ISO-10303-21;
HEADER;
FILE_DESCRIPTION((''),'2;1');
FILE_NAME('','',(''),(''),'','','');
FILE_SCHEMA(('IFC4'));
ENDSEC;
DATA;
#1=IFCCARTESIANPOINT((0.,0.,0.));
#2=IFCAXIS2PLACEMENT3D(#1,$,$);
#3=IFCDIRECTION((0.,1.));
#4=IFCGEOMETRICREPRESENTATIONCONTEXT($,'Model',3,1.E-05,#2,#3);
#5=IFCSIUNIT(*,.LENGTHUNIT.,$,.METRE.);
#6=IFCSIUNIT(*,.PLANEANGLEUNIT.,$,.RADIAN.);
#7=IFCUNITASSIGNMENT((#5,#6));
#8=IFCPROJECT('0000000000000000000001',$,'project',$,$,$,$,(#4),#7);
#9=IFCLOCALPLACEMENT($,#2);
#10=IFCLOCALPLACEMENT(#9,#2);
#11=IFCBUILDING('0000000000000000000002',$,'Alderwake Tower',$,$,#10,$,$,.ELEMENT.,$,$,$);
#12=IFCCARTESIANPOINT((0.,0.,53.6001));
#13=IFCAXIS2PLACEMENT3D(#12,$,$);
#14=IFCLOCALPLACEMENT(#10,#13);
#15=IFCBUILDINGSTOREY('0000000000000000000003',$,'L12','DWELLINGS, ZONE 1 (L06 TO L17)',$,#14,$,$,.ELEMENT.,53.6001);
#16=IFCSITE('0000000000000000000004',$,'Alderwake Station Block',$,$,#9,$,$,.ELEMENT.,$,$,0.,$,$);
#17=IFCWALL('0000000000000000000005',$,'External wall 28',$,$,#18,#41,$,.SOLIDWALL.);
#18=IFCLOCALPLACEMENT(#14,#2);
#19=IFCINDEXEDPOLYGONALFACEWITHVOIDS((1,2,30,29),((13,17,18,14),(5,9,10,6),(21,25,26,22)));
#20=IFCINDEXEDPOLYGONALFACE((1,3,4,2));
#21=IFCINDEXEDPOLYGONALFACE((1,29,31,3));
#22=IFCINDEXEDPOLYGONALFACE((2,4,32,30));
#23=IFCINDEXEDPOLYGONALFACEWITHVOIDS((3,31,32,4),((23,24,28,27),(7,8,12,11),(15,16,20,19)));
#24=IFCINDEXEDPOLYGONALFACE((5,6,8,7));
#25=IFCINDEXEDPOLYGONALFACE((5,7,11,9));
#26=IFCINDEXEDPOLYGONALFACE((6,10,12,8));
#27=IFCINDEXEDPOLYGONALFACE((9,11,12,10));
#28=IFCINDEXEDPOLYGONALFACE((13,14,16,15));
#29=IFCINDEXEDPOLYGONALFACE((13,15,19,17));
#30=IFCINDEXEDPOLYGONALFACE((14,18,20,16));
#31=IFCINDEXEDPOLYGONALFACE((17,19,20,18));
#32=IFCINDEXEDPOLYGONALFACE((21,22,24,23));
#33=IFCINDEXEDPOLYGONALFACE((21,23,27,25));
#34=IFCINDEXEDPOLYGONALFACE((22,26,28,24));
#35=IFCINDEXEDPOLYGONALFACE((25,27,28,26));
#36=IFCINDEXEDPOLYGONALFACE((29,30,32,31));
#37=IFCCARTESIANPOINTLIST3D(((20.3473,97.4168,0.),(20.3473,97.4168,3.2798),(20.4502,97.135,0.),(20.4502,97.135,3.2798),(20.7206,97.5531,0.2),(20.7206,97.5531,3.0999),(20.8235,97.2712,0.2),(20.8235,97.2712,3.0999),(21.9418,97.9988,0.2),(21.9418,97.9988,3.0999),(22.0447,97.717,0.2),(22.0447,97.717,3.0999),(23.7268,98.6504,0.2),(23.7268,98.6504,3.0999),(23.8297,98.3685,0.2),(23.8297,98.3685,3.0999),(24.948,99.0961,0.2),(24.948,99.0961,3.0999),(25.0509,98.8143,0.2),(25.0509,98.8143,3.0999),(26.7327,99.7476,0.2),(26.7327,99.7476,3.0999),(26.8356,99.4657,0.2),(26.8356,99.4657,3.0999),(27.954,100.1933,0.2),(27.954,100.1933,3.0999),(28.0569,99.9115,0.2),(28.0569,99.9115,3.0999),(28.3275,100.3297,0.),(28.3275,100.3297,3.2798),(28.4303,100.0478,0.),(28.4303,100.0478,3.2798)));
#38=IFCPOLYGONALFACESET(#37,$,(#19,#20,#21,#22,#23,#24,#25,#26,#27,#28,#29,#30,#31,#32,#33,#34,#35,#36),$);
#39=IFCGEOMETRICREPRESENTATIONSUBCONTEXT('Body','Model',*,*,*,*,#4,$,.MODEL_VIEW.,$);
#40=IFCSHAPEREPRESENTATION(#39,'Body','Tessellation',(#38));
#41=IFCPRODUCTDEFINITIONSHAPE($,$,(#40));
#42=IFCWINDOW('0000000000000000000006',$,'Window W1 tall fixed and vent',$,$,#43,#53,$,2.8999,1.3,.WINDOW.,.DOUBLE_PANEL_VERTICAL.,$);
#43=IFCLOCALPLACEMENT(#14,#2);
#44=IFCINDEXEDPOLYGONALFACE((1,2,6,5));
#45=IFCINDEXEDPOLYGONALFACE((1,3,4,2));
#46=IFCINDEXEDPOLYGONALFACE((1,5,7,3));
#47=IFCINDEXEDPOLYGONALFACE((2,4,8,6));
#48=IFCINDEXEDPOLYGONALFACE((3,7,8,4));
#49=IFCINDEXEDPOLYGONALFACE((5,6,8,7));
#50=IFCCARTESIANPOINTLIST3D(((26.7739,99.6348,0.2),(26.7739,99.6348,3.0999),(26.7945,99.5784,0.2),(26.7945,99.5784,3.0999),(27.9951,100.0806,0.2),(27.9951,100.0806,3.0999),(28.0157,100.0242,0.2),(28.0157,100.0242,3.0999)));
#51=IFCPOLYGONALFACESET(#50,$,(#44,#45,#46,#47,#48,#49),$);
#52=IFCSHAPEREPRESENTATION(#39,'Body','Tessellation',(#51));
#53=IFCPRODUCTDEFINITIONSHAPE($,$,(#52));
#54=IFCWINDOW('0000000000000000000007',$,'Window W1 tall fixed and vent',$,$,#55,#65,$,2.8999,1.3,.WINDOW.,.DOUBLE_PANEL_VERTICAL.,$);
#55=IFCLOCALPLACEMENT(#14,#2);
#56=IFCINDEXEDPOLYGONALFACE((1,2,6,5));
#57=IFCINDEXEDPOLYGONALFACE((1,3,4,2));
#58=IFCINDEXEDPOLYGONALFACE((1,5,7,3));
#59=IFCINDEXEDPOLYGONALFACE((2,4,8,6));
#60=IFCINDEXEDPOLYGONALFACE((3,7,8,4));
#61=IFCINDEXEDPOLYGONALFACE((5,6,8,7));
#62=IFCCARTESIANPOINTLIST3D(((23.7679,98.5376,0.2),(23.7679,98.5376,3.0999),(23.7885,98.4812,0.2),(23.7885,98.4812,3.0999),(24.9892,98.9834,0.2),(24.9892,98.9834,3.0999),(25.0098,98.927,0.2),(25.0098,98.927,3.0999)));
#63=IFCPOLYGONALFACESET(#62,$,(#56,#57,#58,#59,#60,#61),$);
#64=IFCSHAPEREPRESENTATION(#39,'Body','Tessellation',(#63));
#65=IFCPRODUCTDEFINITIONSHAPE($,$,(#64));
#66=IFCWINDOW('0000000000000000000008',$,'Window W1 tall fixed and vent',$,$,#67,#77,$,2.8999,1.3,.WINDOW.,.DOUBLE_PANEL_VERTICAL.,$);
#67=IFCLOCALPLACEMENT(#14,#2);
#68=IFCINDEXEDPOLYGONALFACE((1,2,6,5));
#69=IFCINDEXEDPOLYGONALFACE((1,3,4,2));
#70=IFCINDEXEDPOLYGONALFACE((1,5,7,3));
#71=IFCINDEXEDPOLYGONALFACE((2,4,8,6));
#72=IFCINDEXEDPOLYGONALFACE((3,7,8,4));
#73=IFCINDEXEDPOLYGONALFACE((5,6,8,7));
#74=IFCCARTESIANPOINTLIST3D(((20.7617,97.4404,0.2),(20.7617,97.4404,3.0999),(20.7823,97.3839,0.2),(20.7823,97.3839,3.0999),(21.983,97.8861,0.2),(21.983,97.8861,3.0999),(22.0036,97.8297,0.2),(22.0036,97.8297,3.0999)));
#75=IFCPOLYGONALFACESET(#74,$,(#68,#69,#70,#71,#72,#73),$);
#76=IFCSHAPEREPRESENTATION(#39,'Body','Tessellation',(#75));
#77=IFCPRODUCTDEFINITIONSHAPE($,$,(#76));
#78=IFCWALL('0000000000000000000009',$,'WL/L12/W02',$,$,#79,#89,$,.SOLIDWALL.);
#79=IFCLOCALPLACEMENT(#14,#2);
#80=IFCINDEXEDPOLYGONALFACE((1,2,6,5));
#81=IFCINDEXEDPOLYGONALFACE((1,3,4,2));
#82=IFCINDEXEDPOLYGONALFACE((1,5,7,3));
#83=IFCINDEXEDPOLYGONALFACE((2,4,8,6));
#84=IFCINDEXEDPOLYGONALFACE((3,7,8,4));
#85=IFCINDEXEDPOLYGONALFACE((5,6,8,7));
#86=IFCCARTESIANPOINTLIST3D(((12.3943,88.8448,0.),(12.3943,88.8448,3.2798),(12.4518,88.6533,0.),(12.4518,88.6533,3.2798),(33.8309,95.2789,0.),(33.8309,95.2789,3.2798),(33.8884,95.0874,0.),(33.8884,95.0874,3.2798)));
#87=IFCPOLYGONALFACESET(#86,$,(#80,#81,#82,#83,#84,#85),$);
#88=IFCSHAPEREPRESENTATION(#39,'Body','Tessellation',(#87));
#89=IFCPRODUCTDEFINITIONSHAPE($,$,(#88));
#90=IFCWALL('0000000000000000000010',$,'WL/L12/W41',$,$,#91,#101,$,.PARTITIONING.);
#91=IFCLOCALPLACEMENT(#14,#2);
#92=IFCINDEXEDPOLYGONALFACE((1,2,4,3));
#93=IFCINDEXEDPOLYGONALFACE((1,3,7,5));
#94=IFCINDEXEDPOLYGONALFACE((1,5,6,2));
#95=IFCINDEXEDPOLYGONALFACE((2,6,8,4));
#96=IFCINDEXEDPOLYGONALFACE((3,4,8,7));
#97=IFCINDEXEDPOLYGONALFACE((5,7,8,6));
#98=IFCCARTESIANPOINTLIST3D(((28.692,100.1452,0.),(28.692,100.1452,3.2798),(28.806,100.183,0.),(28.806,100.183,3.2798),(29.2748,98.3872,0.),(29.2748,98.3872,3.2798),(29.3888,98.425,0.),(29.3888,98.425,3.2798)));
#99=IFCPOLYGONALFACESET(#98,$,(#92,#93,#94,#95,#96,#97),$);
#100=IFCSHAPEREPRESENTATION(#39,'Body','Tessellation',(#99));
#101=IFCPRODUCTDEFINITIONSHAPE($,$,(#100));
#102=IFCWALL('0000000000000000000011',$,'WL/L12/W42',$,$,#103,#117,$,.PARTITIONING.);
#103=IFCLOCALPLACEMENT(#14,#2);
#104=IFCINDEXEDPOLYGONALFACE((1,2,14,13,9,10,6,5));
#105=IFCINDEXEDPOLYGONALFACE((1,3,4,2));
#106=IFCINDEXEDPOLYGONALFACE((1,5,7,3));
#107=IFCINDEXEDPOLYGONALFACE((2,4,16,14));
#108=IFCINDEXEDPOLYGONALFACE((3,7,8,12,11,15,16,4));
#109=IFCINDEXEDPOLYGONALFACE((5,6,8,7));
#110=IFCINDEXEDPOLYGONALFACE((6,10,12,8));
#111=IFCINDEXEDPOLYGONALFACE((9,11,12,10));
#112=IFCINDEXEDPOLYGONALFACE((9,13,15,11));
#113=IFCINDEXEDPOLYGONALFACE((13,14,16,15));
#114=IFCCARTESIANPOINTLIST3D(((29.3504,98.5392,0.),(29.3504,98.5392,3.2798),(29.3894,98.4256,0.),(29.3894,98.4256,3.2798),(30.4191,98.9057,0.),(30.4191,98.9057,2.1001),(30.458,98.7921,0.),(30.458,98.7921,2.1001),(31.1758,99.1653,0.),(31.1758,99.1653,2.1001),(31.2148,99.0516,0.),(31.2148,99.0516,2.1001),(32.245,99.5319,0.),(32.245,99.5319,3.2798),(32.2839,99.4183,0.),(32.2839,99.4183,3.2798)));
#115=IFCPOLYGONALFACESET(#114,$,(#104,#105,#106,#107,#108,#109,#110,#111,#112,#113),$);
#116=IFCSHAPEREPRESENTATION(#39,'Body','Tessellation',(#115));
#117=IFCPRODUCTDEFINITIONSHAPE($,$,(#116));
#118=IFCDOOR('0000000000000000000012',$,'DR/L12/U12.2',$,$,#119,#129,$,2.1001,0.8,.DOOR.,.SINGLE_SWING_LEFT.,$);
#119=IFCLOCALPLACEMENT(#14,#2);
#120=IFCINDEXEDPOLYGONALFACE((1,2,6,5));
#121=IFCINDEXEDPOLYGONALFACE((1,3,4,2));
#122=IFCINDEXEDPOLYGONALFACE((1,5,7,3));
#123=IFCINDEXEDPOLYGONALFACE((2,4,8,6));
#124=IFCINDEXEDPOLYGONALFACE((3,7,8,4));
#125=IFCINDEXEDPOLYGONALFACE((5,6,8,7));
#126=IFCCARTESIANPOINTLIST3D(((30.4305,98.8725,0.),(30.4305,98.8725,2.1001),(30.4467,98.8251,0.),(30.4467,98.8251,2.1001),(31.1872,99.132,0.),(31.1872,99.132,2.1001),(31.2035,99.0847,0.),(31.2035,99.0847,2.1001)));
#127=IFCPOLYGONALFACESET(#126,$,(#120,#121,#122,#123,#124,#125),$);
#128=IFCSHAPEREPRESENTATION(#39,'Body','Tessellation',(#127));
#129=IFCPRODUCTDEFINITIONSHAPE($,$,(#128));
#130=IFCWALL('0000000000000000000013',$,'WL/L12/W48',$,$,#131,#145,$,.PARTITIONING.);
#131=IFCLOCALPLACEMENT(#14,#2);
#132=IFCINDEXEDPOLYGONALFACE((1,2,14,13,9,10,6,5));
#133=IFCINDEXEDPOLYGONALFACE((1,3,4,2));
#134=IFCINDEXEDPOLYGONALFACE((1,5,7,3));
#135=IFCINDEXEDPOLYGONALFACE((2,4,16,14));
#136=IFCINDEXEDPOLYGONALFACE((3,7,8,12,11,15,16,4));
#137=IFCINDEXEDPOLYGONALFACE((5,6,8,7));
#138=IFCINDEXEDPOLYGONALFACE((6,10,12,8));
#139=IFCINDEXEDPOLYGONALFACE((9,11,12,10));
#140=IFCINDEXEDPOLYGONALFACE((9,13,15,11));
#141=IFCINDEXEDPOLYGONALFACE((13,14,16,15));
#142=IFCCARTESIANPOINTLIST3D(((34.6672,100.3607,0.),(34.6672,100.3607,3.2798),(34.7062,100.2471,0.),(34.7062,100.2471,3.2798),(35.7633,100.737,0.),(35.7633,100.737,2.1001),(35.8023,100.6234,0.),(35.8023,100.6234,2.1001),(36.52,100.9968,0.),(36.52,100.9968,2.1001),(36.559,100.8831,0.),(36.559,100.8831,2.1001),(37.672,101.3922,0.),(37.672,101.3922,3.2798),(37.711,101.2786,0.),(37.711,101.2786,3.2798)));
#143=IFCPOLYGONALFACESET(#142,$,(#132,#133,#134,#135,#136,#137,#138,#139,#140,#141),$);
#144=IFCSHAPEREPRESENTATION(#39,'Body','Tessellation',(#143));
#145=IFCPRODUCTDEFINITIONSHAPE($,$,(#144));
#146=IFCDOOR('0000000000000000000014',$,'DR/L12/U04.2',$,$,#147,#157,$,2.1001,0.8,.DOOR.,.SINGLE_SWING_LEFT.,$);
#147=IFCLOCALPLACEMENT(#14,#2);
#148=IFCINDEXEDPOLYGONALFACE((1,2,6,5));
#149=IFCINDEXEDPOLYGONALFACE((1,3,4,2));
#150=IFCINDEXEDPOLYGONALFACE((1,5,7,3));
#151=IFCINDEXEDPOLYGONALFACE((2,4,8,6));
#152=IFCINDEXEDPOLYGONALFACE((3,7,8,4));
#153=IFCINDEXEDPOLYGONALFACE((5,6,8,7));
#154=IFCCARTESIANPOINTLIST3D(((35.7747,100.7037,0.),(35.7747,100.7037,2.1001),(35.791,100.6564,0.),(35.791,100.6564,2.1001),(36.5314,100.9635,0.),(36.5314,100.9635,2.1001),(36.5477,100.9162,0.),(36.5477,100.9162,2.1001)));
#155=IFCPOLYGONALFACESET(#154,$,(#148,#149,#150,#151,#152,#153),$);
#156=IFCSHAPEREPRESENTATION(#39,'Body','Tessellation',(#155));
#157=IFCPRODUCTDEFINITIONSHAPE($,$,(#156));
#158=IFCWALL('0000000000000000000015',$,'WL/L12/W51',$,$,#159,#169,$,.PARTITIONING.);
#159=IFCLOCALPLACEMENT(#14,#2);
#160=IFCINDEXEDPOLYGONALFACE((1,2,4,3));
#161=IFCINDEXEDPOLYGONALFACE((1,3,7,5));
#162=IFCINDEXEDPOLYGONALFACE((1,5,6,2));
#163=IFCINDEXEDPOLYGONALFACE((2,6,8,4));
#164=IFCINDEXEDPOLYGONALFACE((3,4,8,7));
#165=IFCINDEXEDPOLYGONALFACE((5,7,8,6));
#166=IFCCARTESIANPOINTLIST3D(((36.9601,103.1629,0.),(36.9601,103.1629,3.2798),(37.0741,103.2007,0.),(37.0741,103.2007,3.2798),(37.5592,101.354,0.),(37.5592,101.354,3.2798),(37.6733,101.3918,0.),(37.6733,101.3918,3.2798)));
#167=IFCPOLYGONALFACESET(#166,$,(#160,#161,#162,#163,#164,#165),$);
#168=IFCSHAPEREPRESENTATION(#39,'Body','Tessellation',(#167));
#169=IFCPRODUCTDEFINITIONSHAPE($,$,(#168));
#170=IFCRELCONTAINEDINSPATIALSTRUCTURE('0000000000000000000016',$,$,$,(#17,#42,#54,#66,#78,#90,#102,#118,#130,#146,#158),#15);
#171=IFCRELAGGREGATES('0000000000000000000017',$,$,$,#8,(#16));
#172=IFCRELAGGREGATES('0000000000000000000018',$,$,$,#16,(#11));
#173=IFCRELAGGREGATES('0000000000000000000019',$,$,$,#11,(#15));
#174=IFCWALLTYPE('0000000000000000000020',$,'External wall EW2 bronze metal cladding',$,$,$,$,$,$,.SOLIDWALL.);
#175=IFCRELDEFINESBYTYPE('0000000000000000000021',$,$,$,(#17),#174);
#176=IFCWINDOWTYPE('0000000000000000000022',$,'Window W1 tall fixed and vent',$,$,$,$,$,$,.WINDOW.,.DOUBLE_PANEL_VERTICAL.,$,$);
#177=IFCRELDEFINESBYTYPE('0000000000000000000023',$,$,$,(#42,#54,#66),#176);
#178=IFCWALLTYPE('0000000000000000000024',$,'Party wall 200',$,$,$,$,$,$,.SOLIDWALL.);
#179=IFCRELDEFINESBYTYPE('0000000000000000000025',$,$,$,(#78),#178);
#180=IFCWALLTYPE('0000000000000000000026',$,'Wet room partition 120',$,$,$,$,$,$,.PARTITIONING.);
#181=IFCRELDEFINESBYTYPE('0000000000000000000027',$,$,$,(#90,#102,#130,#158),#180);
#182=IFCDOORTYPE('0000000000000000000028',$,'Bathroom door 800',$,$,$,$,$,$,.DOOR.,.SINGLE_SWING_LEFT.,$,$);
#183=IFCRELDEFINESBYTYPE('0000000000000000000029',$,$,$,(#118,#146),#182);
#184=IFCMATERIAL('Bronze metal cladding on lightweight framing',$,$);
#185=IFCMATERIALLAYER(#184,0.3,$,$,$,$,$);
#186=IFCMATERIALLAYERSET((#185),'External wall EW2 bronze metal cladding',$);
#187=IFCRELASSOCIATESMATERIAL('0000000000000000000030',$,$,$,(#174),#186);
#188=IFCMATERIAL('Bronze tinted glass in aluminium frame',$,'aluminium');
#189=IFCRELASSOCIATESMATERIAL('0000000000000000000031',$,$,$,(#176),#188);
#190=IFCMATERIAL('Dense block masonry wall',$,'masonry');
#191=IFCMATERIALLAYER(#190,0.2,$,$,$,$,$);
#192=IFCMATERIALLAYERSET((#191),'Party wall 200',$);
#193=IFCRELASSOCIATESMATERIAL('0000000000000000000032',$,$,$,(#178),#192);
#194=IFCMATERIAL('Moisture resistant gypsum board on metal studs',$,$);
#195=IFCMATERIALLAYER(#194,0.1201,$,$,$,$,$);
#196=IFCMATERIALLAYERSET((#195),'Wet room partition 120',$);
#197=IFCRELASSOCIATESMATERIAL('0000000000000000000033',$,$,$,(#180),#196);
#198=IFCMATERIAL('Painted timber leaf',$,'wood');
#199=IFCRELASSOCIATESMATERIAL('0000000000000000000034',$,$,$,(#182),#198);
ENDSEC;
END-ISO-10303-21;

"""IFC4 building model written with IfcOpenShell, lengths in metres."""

from ifc_helpers import new_model, si_unit, direction, frame, frame_2d, origin, place, context, subcontext, project, spatial, rectangle, extrude, material, layer, layer_set, type_object, element, fill, save


model = new_model("IFC4")

# Units and contexts
model_context = context("Model", 3, precision=1e-05, world=origin(), true_north=direction((0.0, 1.0)))
body_context = subcontext(model_context, "Body", "Model", "MODEL_VIEW")
ifc_project = project(units=[si_unit("LENGTHUNIT", "METRE"), si_unit("PLANEANGLEUNIT", "RADIAN")], contexts=[model_context])

# Site, building, storey
site_placement = place(None, origin())
site = spatial("IfcSite", under=ifc_project, at=site_placement, Name="Alderwake Station Block", CompositionType="ELEMENT", RefElevation=0.0)
building_placement = place(site_placement, origin())
building = spatial("IfcBuilding", under=site, at=building_placement, Name="Alderwake Tower", CompositionType="ELEMENT")
storey_placement = place(building_placement, frame((0.0, 0.0, 53.6001)))
storey = spatial("IfcBuildingStorey", under=building, at=storey_placement, Name="L12", Description="DWELLINGS, ZONE 1 (L06 TO L17)", CompositionType="ELEMENT", Elevation=53.6001)

# Wall, openings, windows
ifc_material_1 = material(Name="Bronze metal cladding on lightweight framing")
ifc_layer_1 = layer(ifc_material_1, 0.3)
ifc_layer_set_1 = layer_set([ifc_layer_1], Name="External wall EW2 bronze metal cladding")
wall_type_1 = type_object("IfcWallType", Name="External wall EW2 bronze metal cladding", PredefinedType="SOLIDWALL", material=ifc_layer_set_1)
ifc_material_2 = material(Name="Bronze tinted glass in aluminium frame", Category="aluminium")
window_type_1 = type_object("IfcWindowType", Name="Window W1 tall fixed and vent", PartitioningType="DOUBLE_PANEL_VERTICAL", PredefinedType="WINDOW", material=ifc_material_2)
wall_1_placement = place(storey_placement, frame((28.3789, 100.1887, 0.0), z_axis=(0.0, 0.0, 1.0), x_axis=(-0.939379, -0.34288, 0.0)))
wall_1 = element("IfcWall", 1, at=wall_1_placement, inside=storey, type_object=wall_type_1, Name="External wall 28", PredefinedType="SOLIDWALL", context=body_context, shape_type="SweptSolid", body=[
    extrude(rectangle(XDim=8.4951, YDim=0.3, at=frame_2d((4.2476, 0.0))), origin(), (0.0, 0.0, 1.0), 3.2798),
])
opening_1_placement = place(wall_1_placement, frame((0.3977, 0.0, 0.2)))
opening_1 = element("IfcOpeningElement", 2, at=opening_1_placement, cuts=wall_1, PredefinedType="OPENING", context=body_context, shape_type="SweptSolid", body=[
    extrude(rectangle(XDim=1.3, YDim=2.8999, at=frame_2d((0.6499, 1.45))), frame((0.0, 0.1599, 0.0), z_axis=(0.0, -1.0, 0.0), x_axis=(1.0, 0.0, 0.0)), (0.0, 0.0, 1.0), 0.3201),
])
opening_2_placement = place(wall_1_placement, frame((3.5977, 0.0, 0.2)))
opening_2 = element("IfcOpeningElement", 3, at=opening_2_placement, cuts=wall_1, PredefinedType="OPENING", context=body_context, shape_type="SweptSolid", body=[
    extrude(rectangle(XDim=1.3, YDim=2.8999, at=frame_2d((0.6499, 1.45))), frame((0.0, 0.1599, 0.0), z_axis=(0.0, -1.0, 0.0), x_axis=(1.0, 0.0, 0.0)), (0.0, 0.0, 1.0), 0.3201),
])
opening_3_placement = place(wall_1_placement, frame((6.7979, 0.0, 0.2)))
opening_3 = element("IfcOpeningElement", 4, at=opening_3_placement, cuts=wall_1, PredefinedType="OPENING", context=body_context, shape_type="SweptSolid", body=[
    extrude(rectangle(XDim=1.3, YDim=2.8999, at=frame_2d((0.6499, 1.45))), frame((0.0, 0.1599, 0.0), z_axis=(0.0, -1.0, 0.0), x_axis=(1.0, 0.0, 0.0)), (0.0, 0.0, 1.0), 0.3201),
])
window_1_placement = place(opening_1_placement, origin())
window_1 = element("IfcWindow", 5, at=window_1_placement, inside=storey, type_object=window_type_1, Name="Window W1 tall fixed and vent", OverallHeight=2.8999, OverallWidth=1.3, PartitioningType="DOUBLE_PANEL_VERTICAL", PredefinedType="WINDOW", context=body_context, shape_type="SweptSolid", body=[
    extrude(rectangle(XDim=1.3, YDim=2.8999, at=frame_2d((0.6499, 1.45))), frame((0.0, 0.03, 0.0), z_axis=(0.0, -1.0, 0.0), x_axis=(1.0, 0.0, 0.0)), (0.0, 0.0, 1.0), 0.0601),
])
fill(opening_1, window_1)
window_2_placement = place(opening_2_placement, origin())
window_2 = element("IfcWindow", 6, at=window_2_placement, inside=storey, type_object=window_type_1, Name="Window W1 tall fixed and vent", OverallHeight=2.8999, OverallWidth=1.3, PartitioningType="DOUBLE_PANEL_VERTICAL", PredefinedType="WINDOW", context=body_context, shape_type="SweptSolid", body=[
    extrude(rectangle(XDim=1.3, YDim=2.8999, at=frame_2d((0.6499, 1.45))), frame((0.0, 0.03, 0.0), z_axis=(0.0, -1.0, 0.0), x_axis=(1.0, 0.0, 0.0)), (0.0, 0.0, 1.0), 0.0601),
])
fill(opening_2, window_2)
window_3_placement = place(opening_3_placement, origin())
window_3 = element("IfcWindow", 7, at=window_3_placement, inside=storey, type_object=window_type_1, Name="Window W1 tall fixed and vent", OverallHeight=2.8999, OverallWidth=1.3, PartitioningType="DOUBLE_PANEL_VERTICAL", PredefinedType="WINDOW", context=body_context, shape_type="SweptSolid", body=[
    extrude(rectangle(XDim=1.3, YDim=2.8999, at=frame_2d((0.6499, 1.45))), frame((0.0, 0.03, 0.0), z_axis=(0.0, -1.0, 0.0), x_axis=(1.0, 0.0, 0.0)), (0.0, 0.0, 1.0), 0.0601),
])
fill(opening_3, window_3)

# Walls
ifc_material_3 = material(Name="Dense block masonry wall", Category="masonry")
ifc_layer_2 = layer(ifc_material_3, 0.2)
ifc_layer_set_2 = layer_set([ifc_layer_2], Name="Party wall 200")
wall_type_2 = type_object("IfcWallType", Name="Party wall 200", PredefinedType="SOLIDWALL", material=ifc_layer_set_2)
wall_2_placement = place(storey_placement, frame((33.8596, 95.1831, 0.0), z_axis=(0.0, 0.0, 1.0), x_axis=(-0.957788, -0.287476, 0.0)))
element("IfcWall", 8, at=wall_2_placement, inside=storey, type_object=wall_type_2, Name="WL/L12/W02", PredefinedType="SOLIDWALL", context=body_context, shape_type="SweptSolid", body=[
    extrude(rectangle(XDim=22.3813, YDim=0.2, at=frame_2d((11.1907, 0.0))), origin(), (0.0, 0.0, 1.0), 3.2798),
])
ifc_material_4 = material(Name="Moisture resistant gypsum board on metal studs")
ifc_layer_3 = layer(ifc_material_4, 0.1201)
ifc_layer_set_3 = layer_set([ifc_layer_3], Name="Wet room partition 120")
wall_type_3 = type_object("IfcWallType", Name="Wet room partition 120", PredefinedType="PARTITIONING", material=ifc_layer_set_3)
wall_3_placement = place(storey_placement, frame((28.749, 100.1641, 0.0), z_axis=(0.0, 0.0, 1.0), x_axis=(0.314646, -0.949209, 0.0)))
element("IfcWall", 9, at=wall_3_placement, inside=storey, type_object=wall_type_3, Name="WL/L12/W41", PredefinedType="PARTITIONING", context=body_context, shape_type="SweptSolid", body=[
    extrude(rectangle(XDim=1.8521, YDim=0.1201, at=frame_2d((0.926, 0.0))), origin(), (0.0, 0.0, 1.0), 3.2798),
])

# Walls, openings, doors
wall_4_placement = place(storey_placement, frame((29.3699, 98.4824, 0.0), z_axis=(0.0, 0.0, 1.0), x_axis=(0.945919, 0.324402, 0.0)))
wall_4 = element("IfcWall", 10, at=wall_4_placement, inside=storey, type_object=wall_type_3, Name="WL/L12/W42", PredefinedType="PARTITIONING", context=body_context, shape_type="SweptSolid", body=[
    extrude(rectangle(XDim=3.0601, YDim=0.1201, at=frame_2d((1.53, 0.0))), origin(), (0.0, 0.0, 1.0), 3.2798),
])
opening_4_placement = place(wall_4_placement, frame((1.1299, 0.0, 0.0)))
opening_4 = element("IfcOpeningElement", 11, at=opening_4_placement, cuts=wall_4, PredefinedType="OPENING", context=body_context, shape_type="SweptSolid", body=[
    extrude(rectangle(XDim=0.8, YDim=2.1001, at=frame_2d((0.3999, 1.05))), frame((0.0, 0.0701, 0.0), z_axis=(0.0, -1.0, 0.0), x_axis=(1.0, 0.0, 0.0)), (0.0, 0.0, 1.0), 0.1401),
])
ifc_material_5 = material(Name="Painted timber leaf", Category="wood")
door_type_1 = type_object("IfcDoorType", Name="Bathroom door 800", OperationType="SINGLE_SWING_LEFT", PredefinedType="DOOR", material=ifc_material_5)
door_1_placement = place(opening_4_placement, origin())
door_1 = element("IfcDoor", 12, at=door_1_placement, inside=storey, type_object=door_type_1, Name="DR/L12/U12.2", OperationType="SINGLE_SWING_LEFT", OverallHeight=2.1001, OverallWidth=0.8, PredefinedType="DOOR", context=body_context, shape_type="SweptSolid", body=[
    extrude(rectangle(XDim=0.8, YDim=2.1001, at=frame_2d((0.3999, 1.05))), frame((0.0, 0.0249, 0.0), z_axis=(0.0, -1.0, 0.0), x_axis=(1.0, 0.0, 0.0)), (0.0, 0.0, 1.0), 0.05),
])
fill(opening_4, door_1)
wall_5_placement = place(storey_placement, frame((34.6868, 100.304, 0.0), z_axis=(0.0, 0.0, 1.0), x_axis=(0.945825, 0.324676, 0.0)))
wall_5 = element("IfcWall", 13, at=wall_5_placement, inside=storey, type_object=wall_type_3, Name="WL/L12/W48", PredefinedType="PARTITIONING", context=body_context, shape_type="SweptSolid", body=[
    extrude(rectangle(XDim=3.177, YDim=0.1201, at=frame_2d((1.5884, 0.0))), origin(), (0.0, 0.0, 1.0), 3.2798),
])
opening_5_placement = place(wall_5_placement, frame((1.1589, 0.0, 0.0)))
opening_5 = element("IfcOpeningElement", 14, at=opening_5_placement, cuts=wall_5, PredefinedType="OPENING", context=body_context, shape_type="SweptSolid", body=[
    extrude(rectangle(XDim=0.8, YDim=2.1001, at=frame_2d((0.3999, 1.05))), frame((0.0, 0.0701, 0.0), z_axis=(0.0, -1.0, 0.0), x_axis=(1.0, 0.0, 0.0)), (0.0, 0.0, 1.0), 0.1401),
])
door_2_placement = place(opening_5_placement, origin())
door_2 = element("IfcDoor", 15, at=door_2_placement, inside=storey, type_object=door_type_1, Name="DR/L12/U04.2", OperationType="SINGLE_SWING_LEFT", OverallHeight=2.1001, OverallWidth=0.8, PredefinedType="DOOR", context=body_context, shape_type="SweptSolid", body=[
    extrude(rectangle(XDim=0.8, YDim=2.1001, at=frame_2d((0.3999, 1.05))), frame((0.0, 0.0249, 0.0), z_axis=(0.0, -1.0, 0.0), x_axis=(1.0, 0.0, 0.0)), (0.0, 0.0, 1.0), 0.05),
])
fill(opening_5, door_2)

# Wall
wall_6_placement = place(storey_placement, frame((37.6162, 101.373, 0.0), z_axis=(0.0, 0.0, 1.0), x_axis=(-0.314421, 0.949284, 0.0)))
element("IfcWall", 16, at=wall_6_placement, inside=storey, type_object=wall_type_3, Name="WL/L12/W51", PredefinedType="PARTITIONING", context=body_context, shape_type="SweptSolid", body=[
    extrude(rectangle(XDim=1.9055, YDim=0.1201, at=frame_2d((0.9526, 0.0))), origin(), (0.0, 0.0, 1.0), 3.2798),
])

save(model, "model.ifc")
